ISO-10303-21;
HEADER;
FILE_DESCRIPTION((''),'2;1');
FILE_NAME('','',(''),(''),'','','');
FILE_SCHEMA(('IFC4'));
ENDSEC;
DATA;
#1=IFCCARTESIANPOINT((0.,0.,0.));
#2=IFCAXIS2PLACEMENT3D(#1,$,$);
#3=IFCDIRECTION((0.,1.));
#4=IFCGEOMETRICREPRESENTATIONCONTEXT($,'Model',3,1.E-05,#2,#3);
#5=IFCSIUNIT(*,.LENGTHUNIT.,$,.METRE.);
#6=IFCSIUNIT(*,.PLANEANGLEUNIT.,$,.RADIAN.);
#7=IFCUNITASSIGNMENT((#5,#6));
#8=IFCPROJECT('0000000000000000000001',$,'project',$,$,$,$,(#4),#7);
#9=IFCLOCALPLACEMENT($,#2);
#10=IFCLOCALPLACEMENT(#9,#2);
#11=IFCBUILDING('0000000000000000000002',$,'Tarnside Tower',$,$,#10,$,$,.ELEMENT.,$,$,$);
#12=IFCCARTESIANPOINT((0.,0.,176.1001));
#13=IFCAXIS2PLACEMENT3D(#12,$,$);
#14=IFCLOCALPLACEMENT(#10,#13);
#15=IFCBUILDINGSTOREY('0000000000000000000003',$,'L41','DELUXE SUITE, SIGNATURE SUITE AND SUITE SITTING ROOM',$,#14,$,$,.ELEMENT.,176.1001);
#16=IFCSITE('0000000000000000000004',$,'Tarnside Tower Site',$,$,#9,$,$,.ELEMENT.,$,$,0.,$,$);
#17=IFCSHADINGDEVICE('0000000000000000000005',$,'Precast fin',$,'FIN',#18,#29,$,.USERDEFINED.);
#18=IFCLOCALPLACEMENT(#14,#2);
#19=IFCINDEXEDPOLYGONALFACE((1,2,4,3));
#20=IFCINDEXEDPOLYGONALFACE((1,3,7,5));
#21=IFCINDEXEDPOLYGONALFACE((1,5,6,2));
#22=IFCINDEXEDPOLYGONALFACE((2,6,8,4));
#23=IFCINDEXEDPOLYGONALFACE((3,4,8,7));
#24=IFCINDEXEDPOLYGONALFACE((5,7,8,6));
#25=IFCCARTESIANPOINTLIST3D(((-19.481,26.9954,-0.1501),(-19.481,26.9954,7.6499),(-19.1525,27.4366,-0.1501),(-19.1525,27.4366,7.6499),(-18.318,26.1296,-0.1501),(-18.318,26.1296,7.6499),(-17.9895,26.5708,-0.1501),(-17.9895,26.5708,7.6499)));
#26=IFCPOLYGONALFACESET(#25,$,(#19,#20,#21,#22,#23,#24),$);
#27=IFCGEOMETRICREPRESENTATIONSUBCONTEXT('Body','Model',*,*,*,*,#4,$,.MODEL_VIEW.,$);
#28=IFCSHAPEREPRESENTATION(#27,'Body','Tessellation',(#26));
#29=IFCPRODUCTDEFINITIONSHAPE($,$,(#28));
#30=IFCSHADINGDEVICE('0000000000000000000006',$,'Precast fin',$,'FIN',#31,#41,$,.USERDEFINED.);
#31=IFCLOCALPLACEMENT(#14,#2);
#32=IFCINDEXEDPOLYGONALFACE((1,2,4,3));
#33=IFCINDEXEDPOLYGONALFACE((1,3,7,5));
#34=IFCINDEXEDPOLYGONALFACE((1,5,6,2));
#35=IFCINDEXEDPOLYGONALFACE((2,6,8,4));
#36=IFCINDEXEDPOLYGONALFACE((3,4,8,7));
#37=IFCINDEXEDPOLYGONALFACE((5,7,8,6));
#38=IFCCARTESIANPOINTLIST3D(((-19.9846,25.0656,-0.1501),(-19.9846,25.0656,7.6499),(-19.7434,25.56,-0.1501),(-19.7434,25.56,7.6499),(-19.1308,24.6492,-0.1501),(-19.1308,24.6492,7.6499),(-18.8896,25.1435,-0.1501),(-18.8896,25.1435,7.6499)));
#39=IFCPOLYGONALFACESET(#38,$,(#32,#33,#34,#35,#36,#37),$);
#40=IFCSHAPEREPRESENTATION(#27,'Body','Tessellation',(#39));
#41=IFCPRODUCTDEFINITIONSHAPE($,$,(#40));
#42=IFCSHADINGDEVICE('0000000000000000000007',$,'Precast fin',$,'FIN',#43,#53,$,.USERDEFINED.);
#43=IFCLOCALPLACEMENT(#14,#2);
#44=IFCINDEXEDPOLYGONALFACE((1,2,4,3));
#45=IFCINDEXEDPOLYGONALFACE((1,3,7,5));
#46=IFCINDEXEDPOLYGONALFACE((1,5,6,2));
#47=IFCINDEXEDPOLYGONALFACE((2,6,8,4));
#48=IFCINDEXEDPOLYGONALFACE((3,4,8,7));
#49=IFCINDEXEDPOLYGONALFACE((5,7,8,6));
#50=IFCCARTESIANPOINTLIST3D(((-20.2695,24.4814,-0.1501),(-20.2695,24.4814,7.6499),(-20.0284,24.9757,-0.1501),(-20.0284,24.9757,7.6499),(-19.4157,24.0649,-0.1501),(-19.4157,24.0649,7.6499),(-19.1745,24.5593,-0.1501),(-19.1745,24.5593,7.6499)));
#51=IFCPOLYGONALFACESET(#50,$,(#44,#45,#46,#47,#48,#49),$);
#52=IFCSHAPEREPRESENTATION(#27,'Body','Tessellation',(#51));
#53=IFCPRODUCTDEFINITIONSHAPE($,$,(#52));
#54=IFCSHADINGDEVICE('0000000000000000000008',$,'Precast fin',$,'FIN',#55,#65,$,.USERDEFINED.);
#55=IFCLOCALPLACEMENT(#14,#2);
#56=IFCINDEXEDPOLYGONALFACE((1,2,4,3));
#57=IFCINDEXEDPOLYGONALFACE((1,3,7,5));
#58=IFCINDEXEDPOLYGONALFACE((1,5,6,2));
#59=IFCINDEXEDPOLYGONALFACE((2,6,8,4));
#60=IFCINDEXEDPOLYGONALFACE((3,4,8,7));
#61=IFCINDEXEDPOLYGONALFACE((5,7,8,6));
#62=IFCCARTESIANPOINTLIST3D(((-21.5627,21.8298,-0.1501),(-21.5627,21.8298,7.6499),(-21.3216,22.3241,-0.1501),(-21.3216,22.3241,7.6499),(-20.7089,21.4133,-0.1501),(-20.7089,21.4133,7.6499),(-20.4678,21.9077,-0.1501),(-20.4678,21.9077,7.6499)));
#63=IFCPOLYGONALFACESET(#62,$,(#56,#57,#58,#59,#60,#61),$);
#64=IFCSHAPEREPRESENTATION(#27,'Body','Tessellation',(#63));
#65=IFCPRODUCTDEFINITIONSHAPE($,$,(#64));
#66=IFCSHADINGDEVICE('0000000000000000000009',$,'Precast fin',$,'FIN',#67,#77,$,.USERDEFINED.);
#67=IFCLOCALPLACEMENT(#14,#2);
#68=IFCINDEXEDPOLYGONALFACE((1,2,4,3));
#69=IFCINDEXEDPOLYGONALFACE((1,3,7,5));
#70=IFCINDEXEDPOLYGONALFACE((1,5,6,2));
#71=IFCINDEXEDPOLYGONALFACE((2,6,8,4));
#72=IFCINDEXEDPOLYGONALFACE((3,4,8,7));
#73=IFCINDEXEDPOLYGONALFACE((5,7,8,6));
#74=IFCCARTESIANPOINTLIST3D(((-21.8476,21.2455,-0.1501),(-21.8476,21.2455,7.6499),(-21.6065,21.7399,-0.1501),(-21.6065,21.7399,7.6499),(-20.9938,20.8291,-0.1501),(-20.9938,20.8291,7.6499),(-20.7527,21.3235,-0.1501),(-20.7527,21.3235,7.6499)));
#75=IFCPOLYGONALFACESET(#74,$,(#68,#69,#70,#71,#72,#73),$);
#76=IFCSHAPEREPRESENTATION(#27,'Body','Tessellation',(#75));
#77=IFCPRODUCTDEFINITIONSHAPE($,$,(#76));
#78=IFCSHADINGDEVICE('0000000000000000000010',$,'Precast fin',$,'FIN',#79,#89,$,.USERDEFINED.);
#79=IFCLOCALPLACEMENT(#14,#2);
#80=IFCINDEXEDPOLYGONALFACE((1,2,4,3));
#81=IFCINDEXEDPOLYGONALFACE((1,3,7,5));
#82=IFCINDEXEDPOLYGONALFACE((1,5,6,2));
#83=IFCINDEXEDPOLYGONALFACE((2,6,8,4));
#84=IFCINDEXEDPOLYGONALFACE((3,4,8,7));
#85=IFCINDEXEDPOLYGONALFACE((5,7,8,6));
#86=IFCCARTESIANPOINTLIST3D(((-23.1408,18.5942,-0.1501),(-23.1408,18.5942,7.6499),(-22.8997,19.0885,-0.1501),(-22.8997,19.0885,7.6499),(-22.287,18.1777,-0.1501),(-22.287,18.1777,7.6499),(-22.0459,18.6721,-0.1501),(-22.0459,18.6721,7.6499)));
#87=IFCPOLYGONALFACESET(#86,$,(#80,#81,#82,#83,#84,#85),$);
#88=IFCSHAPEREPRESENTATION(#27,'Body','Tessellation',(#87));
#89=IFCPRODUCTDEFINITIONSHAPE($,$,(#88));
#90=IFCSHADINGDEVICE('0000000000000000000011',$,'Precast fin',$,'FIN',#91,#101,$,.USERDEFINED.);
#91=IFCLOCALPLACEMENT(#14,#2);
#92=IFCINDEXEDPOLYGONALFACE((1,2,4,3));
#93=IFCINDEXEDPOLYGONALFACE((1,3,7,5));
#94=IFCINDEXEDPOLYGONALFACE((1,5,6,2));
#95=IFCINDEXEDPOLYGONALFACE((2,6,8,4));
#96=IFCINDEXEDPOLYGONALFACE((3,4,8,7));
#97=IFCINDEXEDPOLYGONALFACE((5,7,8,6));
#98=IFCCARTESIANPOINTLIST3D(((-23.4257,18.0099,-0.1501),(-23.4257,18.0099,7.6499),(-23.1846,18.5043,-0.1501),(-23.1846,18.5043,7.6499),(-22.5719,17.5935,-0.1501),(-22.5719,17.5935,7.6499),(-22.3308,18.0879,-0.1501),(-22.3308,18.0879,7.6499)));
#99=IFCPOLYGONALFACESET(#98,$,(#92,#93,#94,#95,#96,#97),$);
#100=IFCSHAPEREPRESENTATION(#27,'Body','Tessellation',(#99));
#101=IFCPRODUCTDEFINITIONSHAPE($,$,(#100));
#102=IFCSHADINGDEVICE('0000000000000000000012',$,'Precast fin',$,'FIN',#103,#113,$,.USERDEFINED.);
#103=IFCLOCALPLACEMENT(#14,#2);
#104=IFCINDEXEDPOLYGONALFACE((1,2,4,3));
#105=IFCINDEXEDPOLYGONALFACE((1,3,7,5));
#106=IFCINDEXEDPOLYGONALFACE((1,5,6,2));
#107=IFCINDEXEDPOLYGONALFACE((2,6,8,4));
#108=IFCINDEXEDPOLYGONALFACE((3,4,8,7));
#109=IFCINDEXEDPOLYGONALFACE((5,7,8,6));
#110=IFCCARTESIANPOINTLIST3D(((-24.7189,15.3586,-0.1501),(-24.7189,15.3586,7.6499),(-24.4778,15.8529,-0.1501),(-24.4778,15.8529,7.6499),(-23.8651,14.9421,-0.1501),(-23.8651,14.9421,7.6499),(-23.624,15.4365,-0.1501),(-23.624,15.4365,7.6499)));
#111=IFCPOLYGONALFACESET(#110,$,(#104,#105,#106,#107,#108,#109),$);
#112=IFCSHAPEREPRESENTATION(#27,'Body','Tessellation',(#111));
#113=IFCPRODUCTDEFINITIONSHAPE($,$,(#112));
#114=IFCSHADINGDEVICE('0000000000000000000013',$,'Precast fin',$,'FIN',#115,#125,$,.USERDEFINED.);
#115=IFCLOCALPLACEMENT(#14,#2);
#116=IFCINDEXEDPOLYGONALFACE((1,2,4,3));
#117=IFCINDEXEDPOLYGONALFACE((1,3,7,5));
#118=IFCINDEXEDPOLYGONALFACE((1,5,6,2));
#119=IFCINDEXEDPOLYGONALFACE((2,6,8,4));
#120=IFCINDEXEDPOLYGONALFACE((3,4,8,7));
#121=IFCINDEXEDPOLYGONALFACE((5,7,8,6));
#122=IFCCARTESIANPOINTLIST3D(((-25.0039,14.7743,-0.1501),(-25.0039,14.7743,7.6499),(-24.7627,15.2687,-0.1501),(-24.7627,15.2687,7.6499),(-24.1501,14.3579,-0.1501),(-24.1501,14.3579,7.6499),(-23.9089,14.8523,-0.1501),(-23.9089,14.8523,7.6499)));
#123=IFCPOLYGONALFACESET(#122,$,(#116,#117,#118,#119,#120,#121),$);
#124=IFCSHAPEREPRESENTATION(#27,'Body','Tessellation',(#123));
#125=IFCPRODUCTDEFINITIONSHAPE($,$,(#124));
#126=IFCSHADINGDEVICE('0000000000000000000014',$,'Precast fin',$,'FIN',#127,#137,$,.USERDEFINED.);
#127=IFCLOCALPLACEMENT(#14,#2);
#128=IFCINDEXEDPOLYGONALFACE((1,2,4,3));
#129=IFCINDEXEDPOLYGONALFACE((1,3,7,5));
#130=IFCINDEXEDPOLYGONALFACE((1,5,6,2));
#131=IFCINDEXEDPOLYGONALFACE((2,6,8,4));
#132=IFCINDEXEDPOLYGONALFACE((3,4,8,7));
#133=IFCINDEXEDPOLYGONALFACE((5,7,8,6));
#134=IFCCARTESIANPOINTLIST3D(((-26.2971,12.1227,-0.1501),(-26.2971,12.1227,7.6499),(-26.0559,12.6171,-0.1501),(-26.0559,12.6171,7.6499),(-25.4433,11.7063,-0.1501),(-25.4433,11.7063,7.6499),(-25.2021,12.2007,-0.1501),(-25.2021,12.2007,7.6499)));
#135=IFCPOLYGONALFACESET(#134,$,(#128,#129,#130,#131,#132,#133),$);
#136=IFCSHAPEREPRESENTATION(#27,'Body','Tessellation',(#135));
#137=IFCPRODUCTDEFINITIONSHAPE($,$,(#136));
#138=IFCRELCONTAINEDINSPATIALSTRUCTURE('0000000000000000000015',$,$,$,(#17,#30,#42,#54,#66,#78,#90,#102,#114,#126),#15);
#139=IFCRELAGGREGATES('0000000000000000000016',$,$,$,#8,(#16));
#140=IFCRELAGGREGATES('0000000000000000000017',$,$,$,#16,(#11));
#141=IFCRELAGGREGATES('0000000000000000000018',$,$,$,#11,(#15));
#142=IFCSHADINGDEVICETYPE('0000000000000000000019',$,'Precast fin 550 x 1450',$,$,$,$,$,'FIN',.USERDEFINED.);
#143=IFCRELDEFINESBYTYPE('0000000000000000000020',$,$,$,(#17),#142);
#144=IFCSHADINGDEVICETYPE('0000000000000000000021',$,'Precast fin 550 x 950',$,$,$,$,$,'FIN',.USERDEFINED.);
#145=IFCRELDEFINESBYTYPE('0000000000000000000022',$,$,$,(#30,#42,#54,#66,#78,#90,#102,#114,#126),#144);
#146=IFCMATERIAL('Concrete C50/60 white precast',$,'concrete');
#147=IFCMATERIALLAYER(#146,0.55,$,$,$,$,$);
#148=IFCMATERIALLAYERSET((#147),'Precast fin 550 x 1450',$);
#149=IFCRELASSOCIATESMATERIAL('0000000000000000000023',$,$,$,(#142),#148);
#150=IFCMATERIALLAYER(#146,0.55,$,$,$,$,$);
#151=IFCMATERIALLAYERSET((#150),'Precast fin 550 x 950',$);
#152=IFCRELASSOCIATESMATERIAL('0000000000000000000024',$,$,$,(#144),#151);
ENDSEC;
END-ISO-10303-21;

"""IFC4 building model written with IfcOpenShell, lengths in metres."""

from ifc_helpers import new_model, si_unit, direction, frame, origin, place, context, subcontext, project, spatial, polyline, outline, extrude, material, layer, layer_set, type_object, element, save


model = new_model("IFC4")

# Units and contexts
model_context = context("Model", 3, precision=1e-05, world=origin(), true_north=direction((0.0, 1.0)))
body_context = subcontext(model_context, "Body", "Model", "MODEL_VIEW")
ifc_project = project(units=[si_unit("LENGTHUNIT", "METRE"), si_unit("PLANEANGLEUNIT", "RADIAN")], contexts=[model_context])

# Site, building, storey
site_placement = place(None, origin())
site = spatial("IfcSite", under=ifc_project, at=site_placement, Name="Tarnside Tower Site", CompositionType="ELEMENT", RefElevation=0.0)
building_placement = place(site_placement, origin())
building = spatial("IfcBuilding", under=site, at=building_placement, Name="Tarnside Tower", CompositionType="ELEMENT")
storey_placement = place(building_placement, frame((0.0, 0.0, 176.1001)))
storey = spatial("IfcBuildingStorey", under=building, at=storey_placement, Name="L41", Description="DELUXE SUITE, SIGNATURE SUITE AND SUITE SITTING ROOM", CompositionType="ELEMENT", Elevation=176.1001)

# Shading devices
ifc_material_1 = material(Name="Concrete C50/60 white precast", Category="concrete")
ifc_layer_1 = layer(ifc_material_1, 0.55)
ifc_layer_set_1 = layer_set([ifc_layer_1], Name="Precast fin 550 x 1450")
shading_device_type_1 = type_object("IfcShadingDeviceType", Name="Precast fin 550 x 1450", ElementType="FIN", PredefinedType="USERDEFINED", material=ifc_layer_set_1)
for number, where, z_axis, x_axis, name in (
    (1, (-18.1538, 26.3501, -0.1501), (0.597159, 0.802123, 0.0), (-0.802123, 0.597159, 0.0), "Precast fin"),
):
    element("IfcShadingDevice", number, at=place(storey_placement, frame(where, z_axis=z_axis, x_axis=x_axis)), inside=storey, type_object=shading_device_type_1, Name=name, ObjectType="FIN", PredefinedType="USERDEFINED", context=body_context, shape_type="SweptSolid", body=[
        extrude(outline(polyline([(0.0, 0.0), (1.45, 0.0), (1.45, 7.8), (0.0, 7.8), (0.0, 0.0)])), frame((0.0, 0.0, -0.2749)), (0.0, 0.0, 1.0), 0.55),
    ])
ifc_layer_2 = layer(ifc_material_1, 0.55)
ifc_layer_set_2 = layer_set([ifc_layer_2], Name="Precast fin 550 x 950")
shading_device_type_2 = type_object("IfcShadingDeviceType", Name="Precast fin 550 x 950", ElementType="FIN", PredefinedType="USERDEFINED", material=ifc_layer_set_2)
for number, where, z_axis, x_axis, name in (
    (2, (-19.0103, 24.8962, -0.1501), (0.438371, 0.898794, 0.0), (-0.898794, 0.438371, 0.0), "Precast fin"),
    (3, (-19.2952, 24.312, -0.1501), (0.438371, 0.898794, 0.0), (-0.898794, 0.438371, 0.0), "Precast fin"),
    (4, (-20.5884, 21.6604, -0.1501), (0.438371, 0.898794, 0.0), (-0.898794, 0.438371, 0.0), "Precast fin"),
    (5, (-20.8733, 21.0762, -0.1501), (0.438371, 0.898794, 0.0), (-0.898794, 0.438371, 0.0), "Precast fin"),
    (6, (-22.1665, 18.4248, -0.1501), (0.438371, 0.898794, 0.0), (-0.898794, 0.438371, 0.0), "Precast fin"),
    (7, (-22.4514, 17.8406, -0.1501), (0.438371, 0.898794, 0.0), (-0.898794, 0.438371, 0.0), "Precast fin"),
    (8, (-23.7446, 15.1892, -0.1501), (0.438371, 0.898794, 0.0), (-0.898794, 0.438371, 0.0), "Precast fin"),
    (9, (-24.0295, 14.605, -0.1501), (0.438371, 0.898794, 0.0), (-0.898794, 0.438371, 0.0), "Precast fin"),
    (10, (-25.3228, 11.9534, -0.1501), (0.438371, 0.898794, 0.0), (-0.898794, 0.438371, 0.0), "Precast fin"),
):
    element("IfcShadingDevice", number, at=place(storey_placement, frame(where, z_axis=z_axis, x_axis=x_axis)), inside=storey, type_object=shading_device_type_2, Name=name, ObjectType="FIN", PredefinedType="USERDEFINED", context=body_context, shape_type="SweptSolid", body=[
        extrude(outline(polyline([(0.0, 0.0), (0.95, 0.0), (0.95, 7.8), (0.0, 7.8), (0.0, 0.0)])), frame((0.0, 0.0, -0.2749)), (0.0, 0.0, 1.0), 0.55),
    ])

save(model, "model.ifc")
